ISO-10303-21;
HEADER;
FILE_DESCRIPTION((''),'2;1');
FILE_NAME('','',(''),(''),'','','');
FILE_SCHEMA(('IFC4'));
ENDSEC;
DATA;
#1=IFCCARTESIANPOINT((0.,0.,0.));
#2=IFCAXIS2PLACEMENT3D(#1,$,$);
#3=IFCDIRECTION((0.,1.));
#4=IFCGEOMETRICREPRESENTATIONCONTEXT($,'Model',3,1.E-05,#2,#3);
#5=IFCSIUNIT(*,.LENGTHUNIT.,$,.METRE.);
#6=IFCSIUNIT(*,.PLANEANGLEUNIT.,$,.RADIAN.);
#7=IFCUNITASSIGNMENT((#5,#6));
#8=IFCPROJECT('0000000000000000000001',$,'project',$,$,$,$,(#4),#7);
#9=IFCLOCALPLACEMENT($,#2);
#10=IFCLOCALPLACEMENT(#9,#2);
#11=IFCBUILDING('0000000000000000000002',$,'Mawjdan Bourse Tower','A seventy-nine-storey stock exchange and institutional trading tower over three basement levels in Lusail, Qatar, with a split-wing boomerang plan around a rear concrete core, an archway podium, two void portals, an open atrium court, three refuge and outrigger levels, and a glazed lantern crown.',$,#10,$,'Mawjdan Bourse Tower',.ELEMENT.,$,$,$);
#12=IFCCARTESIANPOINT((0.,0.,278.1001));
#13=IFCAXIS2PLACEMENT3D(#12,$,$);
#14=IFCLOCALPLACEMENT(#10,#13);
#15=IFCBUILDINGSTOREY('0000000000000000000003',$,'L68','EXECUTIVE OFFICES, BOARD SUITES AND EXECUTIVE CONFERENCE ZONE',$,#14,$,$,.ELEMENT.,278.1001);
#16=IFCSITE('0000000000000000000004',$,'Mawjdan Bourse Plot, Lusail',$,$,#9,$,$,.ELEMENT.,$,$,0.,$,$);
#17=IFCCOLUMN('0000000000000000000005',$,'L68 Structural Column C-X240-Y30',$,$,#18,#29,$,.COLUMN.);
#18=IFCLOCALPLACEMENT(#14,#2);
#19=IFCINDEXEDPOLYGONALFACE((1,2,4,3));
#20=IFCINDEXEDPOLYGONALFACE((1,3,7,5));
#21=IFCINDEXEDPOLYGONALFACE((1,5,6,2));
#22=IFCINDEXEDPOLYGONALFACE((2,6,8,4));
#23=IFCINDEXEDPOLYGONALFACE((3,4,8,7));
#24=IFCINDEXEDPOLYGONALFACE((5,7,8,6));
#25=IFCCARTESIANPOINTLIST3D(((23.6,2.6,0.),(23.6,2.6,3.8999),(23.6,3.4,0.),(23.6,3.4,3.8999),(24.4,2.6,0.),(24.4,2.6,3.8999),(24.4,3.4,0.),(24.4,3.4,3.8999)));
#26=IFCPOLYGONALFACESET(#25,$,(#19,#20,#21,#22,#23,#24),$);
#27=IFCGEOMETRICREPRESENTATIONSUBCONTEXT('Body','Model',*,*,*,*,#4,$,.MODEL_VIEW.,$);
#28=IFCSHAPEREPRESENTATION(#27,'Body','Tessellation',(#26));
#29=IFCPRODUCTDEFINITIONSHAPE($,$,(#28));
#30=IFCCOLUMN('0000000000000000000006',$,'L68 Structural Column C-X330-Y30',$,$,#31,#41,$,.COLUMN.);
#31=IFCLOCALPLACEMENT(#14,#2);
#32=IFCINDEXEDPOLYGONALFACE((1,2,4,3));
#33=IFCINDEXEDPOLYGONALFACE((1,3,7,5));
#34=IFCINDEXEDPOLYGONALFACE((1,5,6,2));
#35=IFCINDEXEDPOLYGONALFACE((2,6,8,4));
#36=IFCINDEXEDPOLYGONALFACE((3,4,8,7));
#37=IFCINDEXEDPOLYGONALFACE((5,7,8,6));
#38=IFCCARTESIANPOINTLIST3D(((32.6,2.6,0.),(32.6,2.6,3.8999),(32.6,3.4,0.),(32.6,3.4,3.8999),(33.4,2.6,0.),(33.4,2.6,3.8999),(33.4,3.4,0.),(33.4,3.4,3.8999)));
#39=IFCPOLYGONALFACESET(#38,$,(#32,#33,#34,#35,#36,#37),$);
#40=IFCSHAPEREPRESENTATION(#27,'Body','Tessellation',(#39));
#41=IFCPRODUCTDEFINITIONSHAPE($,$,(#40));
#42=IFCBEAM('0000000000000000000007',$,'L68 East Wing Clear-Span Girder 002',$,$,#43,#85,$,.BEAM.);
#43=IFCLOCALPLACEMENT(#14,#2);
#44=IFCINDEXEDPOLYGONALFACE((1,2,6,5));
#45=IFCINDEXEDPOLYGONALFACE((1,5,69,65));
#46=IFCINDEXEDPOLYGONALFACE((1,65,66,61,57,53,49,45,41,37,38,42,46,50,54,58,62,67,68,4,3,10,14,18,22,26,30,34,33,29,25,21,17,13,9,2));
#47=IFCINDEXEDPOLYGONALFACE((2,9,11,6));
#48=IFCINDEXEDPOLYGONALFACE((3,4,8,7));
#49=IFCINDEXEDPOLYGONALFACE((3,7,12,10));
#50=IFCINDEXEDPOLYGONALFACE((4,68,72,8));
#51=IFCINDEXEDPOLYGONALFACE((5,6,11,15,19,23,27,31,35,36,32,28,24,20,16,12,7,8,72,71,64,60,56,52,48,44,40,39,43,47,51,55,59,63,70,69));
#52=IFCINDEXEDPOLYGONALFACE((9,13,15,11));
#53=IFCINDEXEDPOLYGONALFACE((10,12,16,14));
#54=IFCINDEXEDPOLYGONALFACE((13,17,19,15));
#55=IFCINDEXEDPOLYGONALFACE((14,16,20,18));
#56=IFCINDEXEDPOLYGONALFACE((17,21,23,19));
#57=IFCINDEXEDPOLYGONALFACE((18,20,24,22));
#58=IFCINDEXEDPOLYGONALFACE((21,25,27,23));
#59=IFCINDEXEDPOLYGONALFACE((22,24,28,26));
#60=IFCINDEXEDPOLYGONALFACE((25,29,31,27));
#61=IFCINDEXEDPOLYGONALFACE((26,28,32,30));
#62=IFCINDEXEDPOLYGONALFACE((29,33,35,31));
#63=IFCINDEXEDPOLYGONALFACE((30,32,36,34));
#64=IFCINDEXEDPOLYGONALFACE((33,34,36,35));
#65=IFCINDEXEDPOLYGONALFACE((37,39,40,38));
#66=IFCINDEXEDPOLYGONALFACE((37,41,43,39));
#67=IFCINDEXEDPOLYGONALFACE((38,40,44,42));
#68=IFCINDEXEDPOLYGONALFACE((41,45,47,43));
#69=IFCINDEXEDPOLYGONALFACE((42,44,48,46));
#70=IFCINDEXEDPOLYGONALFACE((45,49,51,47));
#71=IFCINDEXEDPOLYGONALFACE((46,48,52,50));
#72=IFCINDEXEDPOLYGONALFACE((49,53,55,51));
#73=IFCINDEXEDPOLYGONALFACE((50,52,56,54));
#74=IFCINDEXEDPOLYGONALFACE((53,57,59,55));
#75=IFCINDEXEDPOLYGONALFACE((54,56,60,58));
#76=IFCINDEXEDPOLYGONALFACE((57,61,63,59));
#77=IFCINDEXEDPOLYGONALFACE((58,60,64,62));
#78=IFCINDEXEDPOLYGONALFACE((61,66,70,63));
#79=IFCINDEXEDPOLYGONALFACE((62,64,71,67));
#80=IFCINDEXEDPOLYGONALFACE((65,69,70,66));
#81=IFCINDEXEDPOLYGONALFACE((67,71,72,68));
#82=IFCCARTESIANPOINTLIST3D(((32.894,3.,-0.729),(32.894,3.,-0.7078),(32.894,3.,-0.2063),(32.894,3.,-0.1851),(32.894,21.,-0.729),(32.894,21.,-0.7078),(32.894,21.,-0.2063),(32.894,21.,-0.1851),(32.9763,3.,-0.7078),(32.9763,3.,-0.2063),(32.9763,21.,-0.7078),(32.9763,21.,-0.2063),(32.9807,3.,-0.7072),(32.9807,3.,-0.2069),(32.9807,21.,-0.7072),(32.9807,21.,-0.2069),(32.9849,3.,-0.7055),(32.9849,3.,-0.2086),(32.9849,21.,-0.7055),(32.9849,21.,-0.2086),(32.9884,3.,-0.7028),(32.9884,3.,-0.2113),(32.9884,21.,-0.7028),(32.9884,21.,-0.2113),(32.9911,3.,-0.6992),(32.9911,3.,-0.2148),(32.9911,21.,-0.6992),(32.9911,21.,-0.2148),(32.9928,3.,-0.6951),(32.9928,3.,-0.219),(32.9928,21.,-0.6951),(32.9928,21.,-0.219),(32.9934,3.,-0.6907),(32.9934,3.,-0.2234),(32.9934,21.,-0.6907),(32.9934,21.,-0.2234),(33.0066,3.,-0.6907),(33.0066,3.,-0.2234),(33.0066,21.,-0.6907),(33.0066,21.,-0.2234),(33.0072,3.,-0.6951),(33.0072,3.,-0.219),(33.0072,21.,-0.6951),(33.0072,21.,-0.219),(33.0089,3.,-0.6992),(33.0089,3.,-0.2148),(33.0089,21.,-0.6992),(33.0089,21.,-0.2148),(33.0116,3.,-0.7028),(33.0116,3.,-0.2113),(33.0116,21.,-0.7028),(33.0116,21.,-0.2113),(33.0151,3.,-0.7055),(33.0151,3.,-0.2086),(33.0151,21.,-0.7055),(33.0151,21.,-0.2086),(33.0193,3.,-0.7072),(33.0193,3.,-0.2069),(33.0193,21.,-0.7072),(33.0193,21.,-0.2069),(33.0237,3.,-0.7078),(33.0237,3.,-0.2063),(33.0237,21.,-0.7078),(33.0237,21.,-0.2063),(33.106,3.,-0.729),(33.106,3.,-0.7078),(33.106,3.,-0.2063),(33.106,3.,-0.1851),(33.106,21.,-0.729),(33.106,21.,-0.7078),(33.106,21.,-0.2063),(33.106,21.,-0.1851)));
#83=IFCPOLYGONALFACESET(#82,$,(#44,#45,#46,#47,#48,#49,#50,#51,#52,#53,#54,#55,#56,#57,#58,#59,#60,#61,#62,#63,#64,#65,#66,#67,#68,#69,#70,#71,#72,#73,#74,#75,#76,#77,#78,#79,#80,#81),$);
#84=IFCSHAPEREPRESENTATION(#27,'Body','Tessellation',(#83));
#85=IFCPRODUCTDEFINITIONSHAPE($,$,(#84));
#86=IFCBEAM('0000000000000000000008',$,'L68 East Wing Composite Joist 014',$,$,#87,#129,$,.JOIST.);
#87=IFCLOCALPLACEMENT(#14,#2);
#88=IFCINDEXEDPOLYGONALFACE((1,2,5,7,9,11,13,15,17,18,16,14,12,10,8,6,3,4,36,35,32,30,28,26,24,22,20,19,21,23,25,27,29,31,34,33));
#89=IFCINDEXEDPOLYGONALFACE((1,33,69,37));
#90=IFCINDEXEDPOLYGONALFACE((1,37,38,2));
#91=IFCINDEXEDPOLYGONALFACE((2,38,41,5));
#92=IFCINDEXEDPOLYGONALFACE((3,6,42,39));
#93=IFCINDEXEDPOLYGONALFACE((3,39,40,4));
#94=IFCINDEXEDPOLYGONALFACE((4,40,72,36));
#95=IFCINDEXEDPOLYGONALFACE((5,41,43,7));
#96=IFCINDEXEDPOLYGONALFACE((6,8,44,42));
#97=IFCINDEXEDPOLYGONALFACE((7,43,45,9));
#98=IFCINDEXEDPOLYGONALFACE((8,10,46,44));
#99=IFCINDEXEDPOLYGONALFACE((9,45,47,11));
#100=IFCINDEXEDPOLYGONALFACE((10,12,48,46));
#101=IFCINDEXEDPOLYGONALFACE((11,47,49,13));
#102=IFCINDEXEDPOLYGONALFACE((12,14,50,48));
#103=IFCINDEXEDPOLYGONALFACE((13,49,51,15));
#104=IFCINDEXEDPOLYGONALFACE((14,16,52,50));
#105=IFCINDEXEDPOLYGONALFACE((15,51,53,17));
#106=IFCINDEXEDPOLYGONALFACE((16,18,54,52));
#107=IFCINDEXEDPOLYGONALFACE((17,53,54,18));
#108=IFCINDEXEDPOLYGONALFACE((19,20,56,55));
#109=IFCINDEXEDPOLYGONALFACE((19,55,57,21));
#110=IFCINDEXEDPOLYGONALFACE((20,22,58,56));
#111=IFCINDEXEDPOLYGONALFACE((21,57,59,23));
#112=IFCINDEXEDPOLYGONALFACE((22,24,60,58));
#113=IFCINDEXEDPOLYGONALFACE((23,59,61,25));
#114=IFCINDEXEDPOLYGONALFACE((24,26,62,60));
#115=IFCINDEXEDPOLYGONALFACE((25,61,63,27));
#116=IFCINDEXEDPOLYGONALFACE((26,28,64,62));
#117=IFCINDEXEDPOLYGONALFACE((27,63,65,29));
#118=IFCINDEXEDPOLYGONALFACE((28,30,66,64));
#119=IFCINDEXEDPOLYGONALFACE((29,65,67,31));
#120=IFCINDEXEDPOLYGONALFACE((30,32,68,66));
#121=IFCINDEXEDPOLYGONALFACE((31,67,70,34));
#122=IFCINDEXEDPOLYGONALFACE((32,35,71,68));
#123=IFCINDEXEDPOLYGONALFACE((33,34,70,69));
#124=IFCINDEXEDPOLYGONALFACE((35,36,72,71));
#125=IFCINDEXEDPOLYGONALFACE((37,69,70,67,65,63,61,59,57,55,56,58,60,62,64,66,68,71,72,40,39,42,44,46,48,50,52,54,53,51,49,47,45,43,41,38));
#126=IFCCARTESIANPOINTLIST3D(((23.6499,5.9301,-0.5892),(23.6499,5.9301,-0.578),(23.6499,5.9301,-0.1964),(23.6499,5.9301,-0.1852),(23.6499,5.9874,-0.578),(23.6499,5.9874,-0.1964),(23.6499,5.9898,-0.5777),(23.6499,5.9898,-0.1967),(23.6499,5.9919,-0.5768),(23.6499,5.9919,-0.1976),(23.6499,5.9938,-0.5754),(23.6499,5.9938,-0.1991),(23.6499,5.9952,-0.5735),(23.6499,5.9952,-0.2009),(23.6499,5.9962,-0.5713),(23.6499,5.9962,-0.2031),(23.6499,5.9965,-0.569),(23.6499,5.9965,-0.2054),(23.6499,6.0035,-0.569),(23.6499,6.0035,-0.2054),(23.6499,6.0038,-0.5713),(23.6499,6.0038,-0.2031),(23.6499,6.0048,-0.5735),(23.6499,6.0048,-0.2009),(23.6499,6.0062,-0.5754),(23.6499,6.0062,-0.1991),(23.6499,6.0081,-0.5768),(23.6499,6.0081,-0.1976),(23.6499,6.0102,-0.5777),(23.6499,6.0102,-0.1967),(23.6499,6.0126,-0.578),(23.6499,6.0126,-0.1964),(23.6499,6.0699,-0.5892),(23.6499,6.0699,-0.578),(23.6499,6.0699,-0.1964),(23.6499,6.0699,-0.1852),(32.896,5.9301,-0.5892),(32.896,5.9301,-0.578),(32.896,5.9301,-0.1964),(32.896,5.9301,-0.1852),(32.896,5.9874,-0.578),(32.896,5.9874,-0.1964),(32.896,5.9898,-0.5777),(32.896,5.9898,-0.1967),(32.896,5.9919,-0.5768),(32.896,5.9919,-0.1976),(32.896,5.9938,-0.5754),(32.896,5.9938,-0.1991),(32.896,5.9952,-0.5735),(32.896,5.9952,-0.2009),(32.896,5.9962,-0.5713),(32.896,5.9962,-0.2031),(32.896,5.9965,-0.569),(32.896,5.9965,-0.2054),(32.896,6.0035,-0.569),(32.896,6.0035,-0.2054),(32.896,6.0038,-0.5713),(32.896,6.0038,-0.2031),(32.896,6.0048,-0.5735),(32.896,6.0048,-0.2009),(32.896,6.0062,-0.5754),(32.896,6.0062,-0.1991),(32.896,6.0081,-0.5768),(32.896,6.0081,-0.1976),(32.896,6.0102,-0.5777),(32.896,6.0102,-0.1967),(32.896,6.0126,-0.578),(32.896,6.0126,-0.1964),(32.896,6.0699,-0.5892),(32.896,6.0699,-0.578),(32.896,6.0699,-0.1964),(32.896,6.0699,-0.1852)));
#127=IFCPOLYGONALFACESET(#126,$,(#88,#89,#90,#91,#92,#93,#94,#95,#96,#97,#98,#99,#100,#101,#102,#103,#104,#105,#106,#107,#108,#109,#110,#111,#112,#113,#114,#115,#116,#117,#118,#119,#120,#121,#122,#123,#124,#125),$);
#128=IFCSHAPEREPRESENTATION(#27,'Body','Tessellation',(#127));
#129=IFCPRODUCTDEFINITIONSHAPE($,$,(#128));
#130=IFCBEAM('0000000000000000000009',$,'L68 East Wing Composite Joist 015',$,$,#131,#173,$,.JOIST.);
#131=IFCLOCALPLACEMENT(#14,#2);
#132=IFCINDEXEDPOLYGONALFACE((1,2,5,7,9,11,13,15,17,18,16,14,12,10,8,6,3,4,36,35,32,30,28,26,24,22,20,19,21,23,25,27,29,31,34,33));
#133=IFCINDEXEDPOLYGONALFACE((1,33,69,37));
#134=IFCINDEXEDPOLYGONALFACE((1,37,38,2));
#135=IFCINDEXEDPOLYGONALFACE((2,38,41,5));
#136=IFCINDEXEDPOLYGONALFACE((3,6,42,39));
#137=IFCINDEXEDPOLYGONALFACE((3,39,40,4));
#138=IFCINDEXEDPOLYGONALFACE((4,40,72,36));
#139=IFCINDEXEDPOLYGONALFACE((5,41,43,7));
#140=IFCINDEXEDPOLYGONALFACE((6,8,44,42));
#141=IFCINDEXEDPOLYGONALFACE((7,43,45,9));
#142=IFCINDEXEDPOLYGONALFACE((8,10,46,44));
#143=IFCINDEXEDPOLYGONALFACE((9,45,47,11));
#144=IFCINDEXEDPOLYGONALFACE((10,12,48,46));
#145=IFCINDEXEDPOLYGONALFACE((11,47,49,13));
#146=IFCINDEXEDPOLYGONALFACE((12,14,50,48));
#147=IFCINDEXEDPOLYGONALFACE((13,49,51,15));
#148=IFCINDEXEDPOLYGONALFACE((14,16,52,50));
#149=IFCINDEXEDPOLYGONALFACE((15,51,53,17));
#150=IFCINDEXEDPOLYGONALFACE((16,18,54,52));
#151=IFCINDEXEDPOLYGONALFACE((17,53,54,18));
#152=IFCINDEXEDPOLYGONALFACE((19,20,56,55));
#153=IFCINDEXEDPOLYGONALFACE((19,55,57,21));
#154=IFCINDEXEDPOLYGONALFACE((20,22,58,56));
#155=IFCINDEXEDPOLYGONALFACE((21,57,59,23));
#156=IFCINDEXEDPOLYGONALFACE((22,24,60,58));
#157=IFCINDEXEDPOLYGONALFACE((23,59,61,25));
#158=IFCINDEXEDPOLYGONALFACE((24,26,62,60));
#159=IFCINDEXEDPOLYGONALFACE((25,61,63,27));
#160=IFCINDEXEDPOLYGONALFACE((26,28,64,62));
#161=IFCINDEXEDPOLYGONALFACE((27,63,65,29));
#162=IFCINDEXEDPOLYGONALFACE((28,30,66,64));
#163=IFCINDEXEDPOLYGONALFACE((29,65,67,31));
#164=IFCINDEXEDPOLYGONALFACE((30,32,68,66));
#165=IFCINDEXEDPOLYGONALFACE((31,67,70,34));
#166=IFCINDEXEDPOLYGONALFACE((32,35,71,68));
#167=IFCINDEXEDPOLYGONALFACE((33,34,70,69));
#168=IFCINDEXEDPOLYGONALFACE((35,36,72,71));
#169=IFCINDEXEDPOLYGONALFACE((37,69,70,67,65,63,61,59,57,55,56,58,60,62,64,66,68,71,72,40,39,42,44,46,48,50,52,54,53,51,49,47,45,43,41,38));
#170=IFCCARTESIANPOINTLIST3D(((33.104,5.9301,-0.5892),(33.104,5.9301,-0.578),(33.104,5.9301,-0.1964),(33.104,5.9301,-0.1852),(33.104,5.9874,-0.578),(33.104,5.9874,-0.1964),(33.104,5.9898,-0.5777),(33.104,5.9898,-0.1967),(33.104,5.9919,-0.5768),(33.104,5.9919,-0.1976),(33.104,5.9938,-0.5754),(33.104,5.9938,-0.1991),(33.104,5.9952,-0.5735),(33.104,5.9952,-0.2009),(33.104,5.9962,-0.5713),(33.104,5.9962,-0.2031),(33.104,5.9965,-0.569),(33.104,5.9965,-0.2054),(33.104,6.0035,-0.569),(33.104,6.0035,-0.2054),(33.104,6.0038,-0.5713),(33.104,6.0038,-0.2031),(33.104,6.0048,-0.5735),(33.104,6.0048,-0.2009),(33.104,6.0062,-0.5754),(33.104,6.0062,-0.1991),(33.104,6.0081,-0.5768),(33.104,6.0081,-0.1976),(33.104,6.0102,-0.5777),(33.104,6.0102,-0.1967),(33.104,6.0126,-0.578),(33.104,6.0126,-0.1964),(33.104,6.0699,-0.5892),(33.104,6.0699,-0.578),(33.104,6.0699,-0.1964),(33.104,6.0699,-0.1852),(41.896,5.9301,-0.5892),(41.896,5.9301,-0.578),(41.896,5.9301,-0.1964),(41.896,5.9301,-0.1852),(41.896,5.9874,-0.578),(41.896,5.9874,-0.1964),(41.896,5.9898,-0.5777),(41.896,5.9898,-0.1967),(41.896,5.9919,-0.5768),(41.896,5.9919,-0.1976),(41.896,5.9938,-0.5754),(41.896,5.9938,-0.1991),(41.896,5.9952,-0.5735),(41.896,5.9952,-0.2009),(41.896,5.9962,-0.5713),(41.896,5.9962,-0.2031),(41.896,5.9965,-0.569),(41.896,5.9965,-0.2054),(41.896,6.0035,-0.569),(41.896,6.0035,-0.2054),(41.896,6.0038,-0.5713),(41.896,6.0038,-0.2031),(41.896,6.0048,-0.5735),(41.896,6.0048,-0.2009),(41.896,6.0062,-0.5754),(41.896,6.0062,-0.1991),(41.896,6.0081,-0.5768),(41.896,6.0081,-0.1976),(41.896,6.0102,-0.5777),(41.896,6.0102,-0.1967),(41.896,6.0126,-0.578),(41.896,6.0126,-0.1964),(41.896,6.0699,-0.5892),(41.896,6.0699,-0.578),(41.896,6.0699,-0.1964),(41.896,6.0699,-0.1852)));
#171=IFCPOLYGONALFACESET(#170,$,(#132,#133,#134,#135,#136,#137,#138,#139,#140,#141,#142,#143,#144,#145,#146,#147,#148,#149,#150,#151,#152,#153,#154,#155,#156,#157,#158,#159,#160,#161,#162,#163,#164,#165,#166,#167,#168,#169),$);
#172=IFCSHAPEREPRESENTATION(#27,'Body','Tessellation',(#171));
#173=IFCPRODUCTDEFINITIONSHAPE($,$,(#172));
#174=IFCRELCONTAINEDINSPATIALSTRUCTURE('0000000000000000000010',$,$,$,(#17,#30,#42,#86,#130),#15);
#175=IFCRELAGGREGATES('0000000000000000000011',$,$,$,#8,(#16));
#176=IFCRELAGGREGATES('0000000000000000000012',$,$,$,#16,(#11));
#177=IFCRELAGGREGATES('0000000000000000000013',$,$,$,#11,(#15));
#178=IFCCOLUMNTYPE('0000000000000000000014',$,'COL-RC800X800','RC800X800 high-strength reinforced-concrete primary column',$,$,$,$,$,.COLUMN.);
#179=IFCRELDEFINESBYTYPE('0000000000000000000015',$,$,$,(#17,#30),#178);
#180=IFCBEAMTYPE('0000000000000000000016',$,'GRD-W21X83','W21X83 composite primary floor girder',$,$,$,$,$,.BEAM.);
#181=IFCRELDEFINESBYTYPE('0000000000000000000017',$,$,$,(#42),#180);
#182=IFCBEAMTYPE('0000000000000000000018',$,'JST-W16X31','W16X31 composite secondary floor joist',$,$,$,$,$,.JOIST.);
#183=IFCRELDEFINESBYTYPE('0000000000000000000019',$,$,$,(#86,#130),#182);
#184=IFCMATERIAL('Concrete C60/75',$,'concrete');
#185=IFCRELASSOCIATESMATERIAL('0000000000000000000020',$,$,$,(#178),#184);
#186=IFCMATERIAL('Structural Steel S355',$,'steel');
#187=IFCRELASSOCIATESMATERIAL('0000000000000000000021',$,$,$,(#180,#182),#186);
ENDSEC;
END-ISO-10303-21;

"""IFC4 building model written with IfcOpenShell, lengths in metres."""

from ifc_helpers import new_model, si_unit, direction, frame, origin, origin_2d, place, context, subcontext, project, spatial, rectangle, i_section, extrude, material, material_profile, profile_set, type_object, element, save


model = new_model("IFC4")

# Units and contexts
model_context = context("Model", 3, precision=1e-05, world=origin(), true_north=direction((0.0, 1.0)))
body_context = subcontext(model_context, "Body", "Model", "MODEL_VIEW")
ifc_project = project(units=[si_unit("LENGTHUNIT", "METRE"), si_unit("PLANEANGLEUNIT", "RADIAN")], contexts=[model_context])

# Site, building, storey
site_placement = place(None, origin())
site = spatial("IfcSite", under=ifc_project, at=site_placement, Name="Mawjdan Bourse Plot, Lusail", CompositionType="ELEMENT", RefElevation=0.0)
building_placement = place(site_placement, origin())
building = spatial("IfcBuilding", under=site, at=building_placement, Name="Mawjdan Bourse Tower", Description="A seventy-nine-storey stock exchange and institutional trading tower over three basement levels in Lusail, Qatar, with a split-wing boomerang plan around a rear concrete core, an archway podium, two void portals, an open atrium court, three refuge and outrigger levels, and a glazed lantern crown.", LongName="Mawjdan Bourse Tower", CompositionType="ELEMENT")
storey_placement = place(building_placement, frame((0.0, 0.0, 278.1001)))
storey = spatial("IfcBuildingStorey", under=building, at=storey_placement, Name="L68", Description="EXECUTIVE OFFICES, BOARD SUITES AND EXECUTIVE CONFERENCE ZONE", CompositionType="ELEMENT", Elevation=278.1001)

# Columns
ifc_material_1 = material(Name="Concrete C60/75", Category="concrete")
ifc_material_profile_1 = material_profile(ifc_material_1, rectangle(XDim=0.8, YDim=0.8, at=origin_2d()), Name="RC800X800")
ifc_profile_set_1 = profile_set([ifc_material_profile_1], Name="Concrete C60/75")
column_type = type_object("IfcColumnType", Name="COL-RC800X800", Description="RC800X800 high-strength reinforced-concrete primary column", PredefinedType="COLUMN", material=ifc_profile_set_1)
for number, where, z_axis, x_axis, name in (
    (1, (24.0, 3.0, 0.0), (0.0, 0.0, 1.0), (1.0, 0.0, 0.0), "L68 Structural Column C-X240-Y30"),
    (2, (33.0, 3.0, 0.0), (0.0, 0.0, 1.0), (1.0, 0.0, 0.0), "L68 Structural Column C-X330-Y30"),
):
    element("IfcColumn", number, at=place(storey_placement, frame(where, z_axis=z_axis, x_axis=x_axis)), inside=storey, type_object=column_type, Name=name, PredefinedType="COLUMN", context=body_context, shape_type="SweptSolid", body=[
        extrude(rectangle(XDim=0.8, YDim=0.8, at=origin_2d()), origin(), (0.0, 0.0, 1.0), 3.8999),
    ])

# Beams
ifc_material_2 = material(Name="Structural Steel S355", Category="steel")
ifc_material_profile_2 = material_profile(ifc_material_2, i_section(OverallWidth=0.2119, OverallDepth=0.5439, WebThickness=0.0132, FlangeThickness=0.0212, FilletRadius=0.0171, at=origin_2d()), Name="W21X83")
ifc_profile_set_2 = profile_set([ifc_material_profile_2], Name="Structural Steel S355")
beam_type_1 = type_object("IfcBeamType", Name="GRD-W21X83", Description="W21X83 composite primary floor girder", PredefinedType="BEAM", material=ifc_profile_set_2)
beam_1_placement = place(storey_placement, frame((33.0, 3.0, -0.457), z_axis=(0.0, 1.0, 0.0), x_axis=(-1.0, 0.0, 0.0)))
element("IfcBeam", 3, at=beam_1_placement, inside=storey, type_object=beam_type_1, Name="L68 East Wing Clear-Span Girder 002", PredefinedType="BEAM", context=body_context, shape_type="SweptSolid", body=[
    extrude(i_section(OverallWidth=0.2119, OverallDepth=0.5439, WebThickness=0.0132, FlangeThickness=0.0212, FilletRadius=0.0171, at=origin_2d()), origin(), (0.0, 0.0, 1.0), 18.0),
])
ifc_material_profile_3 = material_profile(ifc_material_2, i_section(OverallWidth=0.1399, OverallDepth=0.4041, WebThickness=0.0071, FlangeThickness=0.0112, FilletRadius=0.009, at=origin_2d()), Name="W16X31")
ifc_profile_set_3 = profile_set([ifc_material_profile_3], Name="Structural Steel S355")
beam_type_2 = type_object("IfcBeamType", Name="JST-W16X31", Description="W16X31 composite secondary floor joist", PredefinedType="JOIST", material=ifc_profile_set_3)
beam_2_placement = place(storey_placement, frame((23.6499, 6.0, -0.3872), z_axis=(1.0, 0.0, 0.0), x_axis=(0.0, 1.0, 0.0)))
element("IfcBeam", 4, at=beam_2_placement, inside=storey, type_object=beam_type_2, Name="L68 East Wing Composite Joist 014", PredefinedType="JOIST", context=body_context, shape_type="SweptSolid", body=[
    extrude(i_section(OverallWidth=0.1399, OverallDepth=0.4041, WebThickness=0.0071, FlangeThickness=0.0112, FilletRadius=0.009, at=origin_2d()), origin(), (0.0, 0.0, 1.0), 9.2461),
])
beam_3_placement = place(storey_placement, frame((33.104, 6.0, -0.3872), z_axis=(1.0, 0.0, 0.0), x_axis=(0.0, 1.0, 0.0)))
element("IfcBeam", 5, at=beam_3_placement, inside=storey, type_object=beam_type_2, Name="L68 East Wing Composite Joist 015", PredefinedType="JOIST", context=body_context, shape_type="SweptSolid", body=[
    extrude(i_section(OverallWidth=0.1399, OverallDepth=0.4041, WebThickness=0.0071, FlangeThickness=0.0112, FilletRadius=0.009, at=origin_2d()), origin(), (0.0, 0.0, 1.0), 8.792),
])

save(model, "model.ifc")
